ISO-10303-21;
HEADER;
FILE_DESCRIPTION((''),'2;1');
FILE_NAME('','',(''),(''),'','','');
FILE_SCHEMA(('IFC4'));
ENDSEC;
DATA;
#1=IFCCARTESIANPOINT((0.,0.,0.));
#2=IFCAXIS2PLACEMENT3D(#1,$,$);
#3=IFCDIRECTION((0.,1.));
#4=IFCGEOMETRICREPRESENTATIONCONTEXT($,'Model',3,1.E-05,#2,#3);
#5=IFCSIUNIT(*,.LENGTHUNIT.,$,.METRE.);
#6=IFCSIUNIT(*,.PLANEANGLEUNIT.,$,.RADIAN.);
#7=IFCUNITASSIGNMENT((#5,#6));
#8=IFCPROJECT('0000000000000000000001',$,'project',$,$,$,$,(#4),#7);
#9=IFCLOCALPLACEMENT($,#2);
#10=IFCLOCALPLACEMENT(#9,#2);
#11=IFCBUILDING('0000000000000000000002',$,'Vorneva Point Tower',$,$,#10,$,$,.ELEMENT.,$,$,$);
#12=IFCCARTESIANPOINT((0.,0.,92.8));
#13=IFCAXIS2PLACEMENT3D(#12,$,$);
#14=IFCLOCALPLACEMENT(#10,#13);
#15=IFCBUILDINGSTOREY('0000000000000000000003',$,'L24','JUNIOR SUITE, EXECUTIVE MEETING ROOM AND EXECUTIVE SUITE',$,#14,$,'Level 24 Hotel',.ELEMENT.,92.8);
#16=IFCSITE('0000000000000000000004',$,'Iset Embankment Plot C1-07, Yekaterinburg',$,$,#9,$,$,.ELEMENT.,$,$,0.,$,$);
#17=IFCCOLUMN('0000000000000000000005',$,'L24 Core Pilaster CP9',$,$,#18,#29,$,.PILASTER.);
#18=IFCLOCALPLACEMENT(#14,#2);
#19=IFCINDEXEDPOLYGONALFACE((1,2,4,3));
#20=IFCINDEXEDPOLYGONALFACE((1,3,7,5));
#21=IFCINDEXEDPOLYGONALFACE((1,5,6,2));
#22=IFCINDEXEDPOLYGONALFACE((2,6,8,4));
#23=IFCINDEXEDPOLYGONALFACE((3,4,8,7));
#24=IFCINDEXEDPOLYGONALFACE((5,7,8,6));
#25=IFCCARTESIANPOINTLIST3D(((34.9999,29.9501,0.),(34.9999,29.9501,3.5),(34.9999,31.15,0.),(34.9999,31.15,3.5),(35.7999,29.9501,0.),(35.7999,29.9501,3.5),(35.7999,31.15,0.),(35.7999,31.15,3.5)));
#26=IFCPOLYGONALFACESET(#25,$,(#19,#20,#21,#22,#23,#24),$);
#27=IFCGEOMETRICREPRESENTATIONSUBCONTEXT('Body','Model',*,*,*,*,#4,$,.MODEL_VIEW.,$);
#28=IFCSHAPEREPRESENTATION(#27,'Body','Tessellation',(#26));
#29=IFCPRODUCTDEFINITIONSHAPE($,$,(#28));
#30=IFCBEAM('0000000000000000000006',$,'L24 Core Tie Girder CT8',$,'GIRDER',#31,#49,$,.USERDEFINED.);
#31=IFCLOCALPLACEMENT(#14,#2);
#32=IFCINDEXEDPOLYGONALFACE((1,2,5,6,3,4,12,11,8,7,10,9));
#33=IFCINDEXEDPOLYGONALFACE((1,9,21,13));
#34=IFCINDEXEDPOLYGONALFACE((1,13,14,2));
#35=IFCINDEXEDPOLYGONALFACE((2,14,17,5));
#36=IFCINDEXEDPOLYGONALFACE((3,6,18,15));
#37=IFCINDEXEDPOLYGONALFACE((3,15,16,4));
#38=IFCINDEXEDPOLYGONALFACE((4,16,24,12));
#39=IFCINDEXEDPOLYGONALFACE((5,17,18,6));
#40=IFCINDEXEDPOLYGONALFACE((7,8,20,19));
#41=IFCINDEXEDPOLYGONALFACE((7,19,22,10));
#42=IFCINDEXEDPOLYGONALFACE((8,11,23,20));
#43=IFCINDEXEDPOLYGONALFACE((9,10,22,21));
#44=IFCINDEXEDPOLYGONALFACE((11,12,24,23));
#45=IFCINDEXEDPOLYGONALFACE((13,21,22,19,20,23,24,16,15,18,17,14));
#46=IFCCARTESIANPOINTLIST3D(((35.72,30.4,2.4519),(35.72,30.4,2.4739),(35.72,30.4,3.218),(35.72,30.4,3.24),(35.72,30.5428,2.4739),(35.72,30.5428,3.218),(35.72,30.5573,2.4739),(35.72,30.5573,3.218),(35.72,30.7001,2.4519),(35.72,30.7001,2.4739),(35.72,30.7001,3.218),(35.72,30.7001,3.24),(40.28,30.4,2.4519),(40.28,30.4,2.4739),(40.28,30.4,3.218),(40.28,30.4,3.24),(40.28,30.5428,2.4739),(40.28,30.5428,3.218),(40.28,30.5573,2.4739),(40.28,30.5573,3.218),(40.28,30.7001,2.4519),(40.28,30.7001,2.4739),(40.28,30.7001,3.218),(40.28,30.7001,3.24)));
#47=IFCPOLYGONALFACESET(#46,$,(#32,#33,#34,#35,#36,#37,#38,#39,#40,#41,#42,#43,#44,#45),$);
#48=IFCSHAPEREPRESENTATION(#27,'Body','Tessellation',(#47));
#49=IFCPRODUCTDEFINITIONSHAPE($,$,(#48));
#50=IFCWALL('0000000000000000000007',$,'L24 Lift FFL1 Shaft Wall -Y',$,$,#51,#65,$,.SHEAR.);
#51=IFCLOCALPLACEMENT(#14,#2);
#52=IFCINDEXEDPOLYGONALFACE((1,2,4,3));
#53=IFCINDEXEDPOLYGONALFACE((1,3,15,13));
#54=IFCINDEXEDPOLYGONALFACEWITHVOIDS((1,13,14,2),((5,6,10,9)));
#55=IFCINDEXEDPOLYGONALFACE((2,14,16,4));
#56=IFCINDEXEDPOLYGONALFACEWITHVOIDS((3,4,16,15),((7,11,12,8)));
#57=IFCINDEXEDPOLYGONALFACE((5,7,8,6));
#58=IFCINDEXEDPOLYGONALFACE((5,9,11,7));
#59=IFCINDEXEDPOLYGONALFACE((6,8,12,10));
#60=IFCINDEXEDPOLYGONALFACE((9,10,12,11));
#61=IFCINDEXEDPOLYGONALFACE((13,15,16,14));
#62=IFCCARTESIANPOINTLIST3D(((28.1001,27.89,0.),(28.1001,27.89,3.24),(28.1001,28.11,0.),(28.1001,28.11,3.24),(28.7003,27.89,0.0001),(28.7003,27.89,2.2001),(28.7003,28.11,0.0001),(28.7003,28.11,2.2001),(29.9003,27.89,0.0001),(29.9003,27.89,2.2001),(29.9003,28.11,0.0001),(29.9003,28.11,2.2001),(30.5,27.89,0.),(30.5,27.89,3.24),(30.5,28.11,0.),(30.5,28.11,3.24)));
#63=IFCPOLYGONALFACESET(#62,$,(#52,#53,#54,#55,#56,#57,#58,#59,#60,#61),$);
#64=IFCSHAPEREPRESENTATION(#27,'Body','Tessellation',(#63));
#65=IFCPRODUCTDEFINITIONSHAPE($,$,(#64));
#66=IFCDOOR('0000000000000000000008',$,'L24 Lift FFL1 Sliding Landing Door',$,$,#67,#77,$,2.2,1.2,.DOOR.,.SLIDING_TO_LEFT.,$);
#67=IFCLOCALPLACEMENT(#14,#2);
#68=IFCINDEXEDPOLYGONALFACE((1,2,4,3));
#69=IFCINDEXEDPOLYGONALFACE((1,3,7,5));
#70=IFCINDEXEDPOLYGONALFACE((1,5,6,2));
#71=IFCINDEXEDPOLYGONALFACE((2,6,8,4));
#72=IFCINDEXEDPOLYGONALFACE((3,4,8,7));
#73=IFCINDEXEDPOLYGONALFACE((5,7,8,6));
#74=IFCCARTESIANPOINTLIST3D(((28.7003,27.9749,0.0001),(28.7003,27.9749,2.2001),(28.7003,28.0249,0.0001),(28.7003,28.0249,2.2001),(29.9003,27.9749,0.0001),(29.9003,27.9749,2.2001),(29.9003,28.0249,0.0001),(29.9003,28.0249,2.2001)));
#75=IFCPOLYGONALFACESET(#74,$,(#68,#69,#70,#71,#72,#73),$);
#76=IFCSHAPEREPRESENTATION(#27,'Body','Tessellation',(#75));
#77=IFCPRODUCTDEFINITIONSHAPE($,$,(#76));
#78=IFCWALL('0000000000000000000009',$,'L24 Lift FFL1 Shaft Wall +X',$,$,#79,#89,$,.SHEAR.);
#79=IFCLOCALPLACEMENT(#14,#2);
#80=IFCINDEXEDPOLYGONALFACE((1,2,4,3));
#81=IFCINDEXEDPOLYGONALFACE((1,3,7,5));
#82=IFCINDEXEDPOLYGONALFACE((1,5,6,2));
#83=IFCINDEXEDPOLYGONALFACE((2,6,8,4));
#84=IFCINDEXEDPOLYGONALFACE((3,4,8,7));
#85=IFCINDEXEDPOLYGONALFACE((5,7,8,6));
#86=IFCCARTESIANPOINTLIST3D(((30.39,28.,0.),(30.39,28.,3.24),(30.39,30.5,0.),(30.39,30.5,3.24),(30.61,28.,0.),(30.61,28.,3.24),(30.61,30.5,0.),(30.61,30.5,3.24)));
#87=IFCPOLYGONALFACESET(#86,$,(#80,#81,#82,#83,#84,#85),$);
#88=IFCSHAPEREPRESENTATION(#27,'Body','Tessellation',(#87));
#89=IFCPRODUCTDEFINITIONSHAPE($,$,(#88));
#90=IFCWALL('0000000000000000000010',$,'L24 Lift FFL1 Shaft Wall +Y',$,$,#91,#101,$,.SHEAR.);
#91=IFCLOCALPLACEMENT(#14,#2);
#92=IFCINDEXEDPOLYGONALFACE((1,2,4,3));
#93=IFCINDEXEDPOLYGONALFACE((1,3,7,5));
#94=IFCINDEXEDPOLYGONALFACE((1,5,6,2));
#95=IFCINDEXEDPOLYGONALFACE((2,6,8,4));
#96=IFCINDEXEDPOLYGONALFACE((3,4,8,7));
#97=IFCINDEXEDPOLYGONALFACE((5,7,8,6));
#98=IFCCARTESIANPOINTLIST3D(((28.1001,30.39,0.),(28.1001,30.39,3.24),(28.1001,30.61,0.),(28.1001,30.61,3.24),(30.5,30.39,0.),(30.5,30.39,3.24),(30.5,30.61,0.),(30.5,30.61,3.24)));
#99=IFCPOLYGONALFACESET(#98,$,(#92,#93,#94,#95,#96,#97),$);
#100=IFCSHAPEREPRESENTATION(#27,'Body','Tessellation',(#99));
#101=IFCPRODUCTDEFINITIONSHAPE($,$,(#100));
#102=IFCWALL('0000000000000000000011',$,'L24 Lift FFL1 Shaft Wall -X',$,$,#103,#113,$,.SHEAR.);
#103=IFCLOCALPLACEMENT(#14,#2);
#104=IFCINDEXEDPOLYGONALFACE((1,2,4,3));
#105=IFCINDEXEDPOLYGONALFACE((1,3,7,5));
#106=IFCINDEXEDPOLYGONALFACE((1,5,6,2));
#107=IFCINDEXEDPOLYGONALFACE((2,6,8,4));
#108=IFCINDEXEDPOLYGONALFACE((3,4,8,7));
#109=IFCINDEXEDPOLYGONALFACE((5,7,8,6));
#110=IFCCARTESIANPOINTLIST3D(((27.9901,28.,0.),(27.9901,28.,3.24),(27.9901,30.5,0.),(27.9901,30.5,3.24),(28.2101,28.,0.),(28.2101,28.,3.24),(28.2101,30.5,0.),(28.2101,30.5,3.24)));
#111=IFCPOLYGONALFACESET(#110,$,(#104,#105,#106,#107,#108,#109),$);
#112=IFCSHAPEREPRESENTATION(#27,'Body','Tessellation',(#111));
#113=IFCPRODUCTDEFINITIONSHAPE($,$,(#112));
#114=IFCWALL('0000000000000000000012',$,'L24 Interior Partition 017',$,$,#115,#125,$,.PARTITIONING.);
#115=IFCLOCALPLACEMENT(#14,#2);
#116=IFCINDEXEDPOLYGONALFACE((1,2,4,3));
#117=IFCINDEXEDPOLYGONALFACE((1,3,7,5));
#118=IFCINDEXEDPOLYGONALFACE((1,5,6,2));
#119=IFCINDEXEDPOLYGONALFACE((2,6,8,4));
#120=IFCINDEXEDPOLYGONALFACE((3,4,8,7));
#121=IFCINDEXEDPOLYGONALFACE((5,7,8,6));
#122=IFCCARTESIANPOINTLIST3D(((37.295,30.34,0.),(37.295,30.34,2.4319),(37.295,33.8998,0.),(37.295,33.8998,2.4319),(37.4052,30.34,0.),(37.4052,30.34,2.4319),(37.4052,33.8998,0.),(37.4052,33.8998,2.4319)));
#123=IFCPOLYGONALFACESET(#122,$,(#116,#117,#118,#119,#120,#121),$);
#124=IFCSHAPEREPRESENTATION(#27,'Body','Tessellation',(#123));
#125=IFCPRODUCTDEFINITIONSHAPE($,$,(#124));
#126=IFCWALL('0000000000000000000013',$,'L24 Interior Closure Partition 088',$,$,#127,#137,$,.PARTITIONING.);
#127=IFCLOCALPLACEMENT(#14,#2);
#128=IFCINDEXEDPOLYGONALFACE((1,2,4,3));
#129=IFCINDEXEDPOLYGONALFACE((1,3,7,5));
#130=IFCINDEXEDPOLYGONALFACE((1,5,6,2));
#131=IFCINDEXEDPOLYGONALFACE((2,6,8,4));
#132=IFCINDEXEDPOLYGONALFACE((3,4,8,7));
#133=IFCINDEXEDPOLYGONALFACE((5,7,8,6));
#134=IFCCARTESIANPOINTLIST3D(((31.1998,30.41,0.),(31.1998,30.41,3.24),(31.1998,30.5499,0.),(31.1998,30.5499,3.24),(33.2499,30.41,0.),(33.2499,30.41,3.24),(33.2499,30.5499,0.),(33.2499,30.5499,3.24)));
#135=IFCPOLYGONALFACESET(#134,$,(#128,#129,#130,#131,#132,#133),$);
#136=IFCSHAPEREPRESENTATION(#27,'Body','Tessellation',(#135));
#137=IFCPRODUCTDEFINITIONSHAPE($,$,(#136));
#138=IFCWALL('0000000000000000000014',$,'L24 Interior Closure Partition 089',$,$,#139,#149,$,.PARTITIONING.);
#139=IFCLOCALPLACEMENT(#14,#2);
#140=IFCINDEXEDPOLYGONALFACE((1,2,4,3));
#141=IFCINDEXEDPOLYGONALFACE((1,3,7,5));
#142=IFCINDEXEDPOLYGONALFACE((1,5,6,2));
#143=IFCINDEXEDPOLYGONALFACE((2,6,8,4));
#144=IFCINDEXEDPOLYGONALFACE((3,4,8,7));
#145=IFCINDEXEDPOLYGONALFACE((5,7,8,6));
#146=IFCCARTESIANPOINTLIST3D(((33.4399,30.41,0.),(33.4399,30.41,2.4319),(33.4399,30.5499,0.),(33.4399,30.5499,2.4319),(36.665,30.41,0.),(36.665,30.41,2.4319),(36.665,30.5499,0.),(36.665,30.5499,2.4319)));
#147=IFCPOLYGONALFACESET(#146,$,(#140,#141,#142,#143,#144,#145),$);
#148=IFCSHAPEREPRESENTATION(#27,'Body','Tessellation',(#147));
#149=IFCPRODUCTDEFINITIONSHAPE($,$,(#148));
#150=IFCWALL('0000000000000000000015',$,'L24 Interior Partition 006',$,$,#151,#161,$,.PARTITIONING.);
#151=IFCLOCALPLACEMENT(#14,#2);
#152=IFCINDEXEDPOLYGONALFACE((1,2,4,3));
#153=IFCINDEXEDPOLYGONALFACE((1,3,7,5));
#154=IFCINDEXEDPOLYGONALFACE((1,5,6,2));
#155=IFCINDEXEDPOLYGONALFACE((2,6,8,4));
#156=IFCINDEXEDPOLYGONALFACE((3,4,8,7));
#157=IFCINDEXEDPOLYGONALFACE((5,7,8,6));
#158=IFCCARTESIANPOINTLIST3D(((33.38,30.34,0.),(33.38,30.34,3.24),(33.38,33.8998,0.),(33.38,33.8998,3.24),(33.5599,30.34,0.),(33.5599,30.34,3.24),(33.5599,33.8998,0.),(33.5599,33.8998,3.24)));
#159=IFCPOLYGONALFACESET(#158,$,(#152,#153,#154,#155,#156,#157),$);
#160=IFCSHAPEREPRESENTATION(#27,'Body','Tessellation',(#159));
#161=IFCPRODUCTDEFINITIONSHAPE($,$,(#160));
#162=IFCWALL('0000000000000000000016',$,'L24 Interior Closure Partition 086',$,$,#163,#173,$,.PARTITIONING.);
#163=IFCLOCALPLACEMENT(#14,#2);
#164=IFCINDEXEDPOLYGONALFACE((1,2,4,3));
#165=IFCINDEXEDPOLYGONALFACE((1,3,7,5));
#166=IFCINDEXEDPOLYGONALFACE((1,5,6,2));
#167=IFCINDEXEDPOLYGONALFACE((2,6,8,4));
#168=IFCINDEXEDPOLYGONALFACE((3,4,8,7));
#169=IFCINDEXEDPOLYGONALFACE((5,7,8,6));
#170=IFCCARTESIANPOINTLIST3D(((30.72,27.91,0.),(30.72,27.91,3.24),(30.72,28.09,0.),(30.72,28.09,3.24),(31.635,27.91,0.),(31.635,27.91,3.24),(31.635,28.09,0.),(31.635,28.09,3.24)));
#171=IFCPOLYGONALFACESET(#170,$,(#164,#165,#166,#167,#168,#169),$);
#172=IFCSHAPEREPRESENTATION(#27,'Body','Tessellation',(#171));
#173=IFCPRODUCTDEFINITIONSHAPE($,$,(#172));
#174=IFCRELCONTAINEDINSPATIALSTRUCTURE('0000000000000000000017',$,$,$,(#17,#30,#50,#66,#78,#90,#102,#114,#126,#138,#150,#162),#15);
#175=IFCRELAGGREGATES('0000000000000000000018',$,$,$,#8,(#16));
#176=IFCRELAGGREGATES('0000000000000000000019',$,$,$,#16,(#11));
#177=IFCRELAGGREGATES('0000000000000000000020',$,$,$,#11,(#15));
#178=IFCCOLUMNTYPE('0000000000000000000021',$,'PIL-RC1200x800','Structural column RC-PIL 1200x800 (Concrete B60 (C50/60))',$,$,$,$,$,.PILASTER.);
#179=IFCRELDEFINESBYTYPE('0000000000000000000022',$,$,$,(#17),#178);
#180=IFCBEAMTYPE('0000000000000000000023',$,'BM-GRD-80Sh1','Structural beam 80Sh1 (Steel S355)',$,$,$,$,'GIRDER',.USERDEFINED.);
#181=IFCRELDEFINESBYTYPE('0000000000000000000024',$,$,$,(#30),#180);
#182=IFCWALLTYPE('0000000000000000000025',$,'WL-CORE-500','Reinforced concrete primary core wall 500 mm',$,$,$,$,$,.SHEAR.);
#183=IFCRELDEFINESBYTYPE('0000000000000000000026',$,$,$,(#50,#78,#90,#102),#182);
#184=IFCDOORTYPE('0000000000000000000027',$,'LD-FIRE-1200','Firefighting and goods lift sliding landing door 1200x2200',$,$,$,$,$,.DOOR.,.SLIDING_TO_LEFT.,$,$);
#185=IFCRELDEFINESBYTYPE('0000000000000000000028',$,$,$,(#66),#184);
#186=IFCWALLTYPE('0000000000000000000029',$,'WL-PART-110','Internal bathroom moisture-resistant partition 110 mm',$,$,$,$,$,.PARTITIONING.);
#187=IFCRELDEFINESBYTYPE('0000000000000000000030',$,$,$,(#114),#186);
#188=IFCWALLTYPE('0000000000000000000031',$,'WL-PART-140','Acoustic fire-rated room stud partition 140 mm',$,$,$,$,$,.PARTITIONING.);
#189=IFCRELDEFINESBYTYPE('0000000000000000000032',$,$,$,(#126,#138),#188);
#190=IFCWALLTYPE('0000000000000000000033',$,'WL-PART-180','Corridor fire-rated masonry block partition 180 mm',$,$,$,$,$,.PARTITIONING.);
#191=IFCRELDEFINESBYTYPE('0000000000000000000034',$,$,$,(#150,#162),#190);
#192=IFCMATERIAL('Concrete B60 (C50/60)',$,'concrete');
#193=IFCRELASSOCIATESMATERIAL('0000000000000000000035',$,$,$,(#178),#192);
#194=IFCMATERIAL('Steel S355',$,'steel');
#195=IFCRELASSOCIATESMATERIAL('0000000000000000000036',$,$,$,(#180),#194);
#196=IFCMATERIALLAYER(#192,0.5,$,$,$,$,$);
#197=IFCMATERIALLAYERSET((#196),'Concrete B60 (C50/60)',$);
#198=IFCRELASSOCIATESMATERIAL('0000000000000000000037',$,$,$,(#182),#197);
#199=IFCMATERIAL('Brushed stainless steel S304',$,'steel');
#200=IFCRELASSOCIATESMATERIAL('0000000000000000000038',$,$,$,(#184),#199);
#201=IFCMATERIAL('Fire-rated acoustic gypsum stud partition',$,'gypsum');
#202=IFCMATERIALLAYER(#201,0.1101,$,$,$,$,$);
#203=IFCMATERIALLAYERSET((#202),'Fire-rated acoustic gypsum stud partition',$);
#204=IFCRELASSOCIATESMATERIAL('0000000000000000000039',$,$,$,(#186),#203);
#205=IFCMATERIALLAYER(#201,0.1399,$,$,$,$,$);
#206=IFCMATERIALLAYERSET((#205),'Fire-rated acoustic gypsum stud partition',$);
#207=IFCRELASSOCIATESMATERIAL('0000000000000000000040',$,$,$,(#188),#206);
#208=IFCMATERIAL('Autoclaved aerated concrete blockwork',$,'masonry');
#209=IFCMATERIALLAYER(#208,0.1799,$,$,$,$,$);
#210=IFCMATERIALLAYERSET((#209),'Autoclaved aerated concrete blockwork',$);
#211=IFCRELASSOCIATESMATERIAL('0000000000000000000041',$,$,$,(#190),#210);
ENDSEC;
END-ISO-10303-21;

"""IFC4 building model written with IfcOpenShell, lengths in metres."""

from ifc_helpers import new_model, si_unit, direction, frame, frame_2d, origin, origin_2d, place, context, subcontext, project, spatial, rectangle, i_section, extrude, material, layer, layer_set, material_profile, profile_set, type_object, element, fill, save


model = new_model("IFC4")

# Units and contexts
model_context = context("Model", 3, precision=1e-05, world=origin(), true_north=direction((0.0, 1.0)))
body_context = subcontext(model_context, "Body", "Model", "MODEL_VIEW")
ifc_project = project(units=[si_unit("LENGTHUNIT", "METRE"), si_unit("PLANEANGLEUNIT", "RADIAN")], contexts=[model_context])

# Site, building, storey
site_placement = place(None, origin())
site = spatial("IfcSite", under=ifc_project, at=site_placement, Name="Iset Embankment Plot C1-07, Yekaterinburg", CompositionType="ELEMENT", RefElevation=0.0)
building_placement = place(site_placement, origin())
building = spatial("IfcBuilding", under=site, at=building_placement, Name="Vorneva Point Tower", CompositionType="ELEMENT")
storey_placement = place(building_placement, frame((0.0, 0.0, 92.8)))
storey = spatial("IfcBuildingStorey", under=building, at=storey_placement, Name="L24", Description="JUNIOR SUITE, EXECUTIVE MEETING ROOM AND EXECUTIVE SUITE", LongName="Level 24 Hotel", CompositionType="ELEMENT", Elevation=92.8)

# Column
ifc_material_1 = material(Name="Concrete B60 (C50/60)", Category="concrete")
ifc_material_profile_1 = material_profile(ifc_material_1, rectangle(XDim=0.8, YDim=1.2, at=origin_2d()), Name="RC-PIL 1200x800")
ifc_profile_set_1 = profile_set([ifc_material_profile_1], Name="Concrete B60 (C50/60)")
column_type = type_object("IfcColumnType", Name="PIL-RC1200x800", Description="Structural column RC-PIL 1200x800 (Concrete B60 (C50/60))", PredefinedType="PILASTER", material=ifc_profile_set_1)
column_placement = place(storey_placement, frame((35.3999, 30.55, 0.0), z_axis=(0.0, 0.0, 1.0), x_axis=(1.0, 0.0, 0.0)))
element("IfcColumn", 1, at=column_placement, inside=storey, type_object=column_type, Name="L24 Core Pilaster CP9", PredefinedType="PILASTER", context=body_context, shape_type="SweptSolid", body=[
    extrude(rectangle(XDim=0.8, YDim=1.2, at=origin_2d()), origin(), (0.0, 0.0, 1.0), 3.5),
])

# Beam
ifc_material_2 = material(Name="Steel S355", Category="steel")
ifc_material_profile_2 = material_profile(ifc_material_2, i_section(OverallWidth=0.3, OverallDepth=0.7881, WebThickness=0.0144, FlangeThickness=0.022, at=origin_2d()), Name="80Sh1")
ifc_profile_set_2 = profile_set([ifc_material_profile_2], Name="Steel S355")
beam_type = type_object("IfcBeamType", Name="BM-GRD-80Sh1", Description="Structural beam 80Sh1 (Steel S355)", ElementType="GIRDER", PredefinedType="USERDEFINED", material=ifc_profile_set_2)
beam_placement = place(storey_placement, frame((35.72, 30.55, 2.8459), z_axis=(1.0, 0.0, 0.0), x_axis=(0.0, 1.0, 0.0)))
element("IfcBeam", 2, at=beam_placement, inside=storey, type_object=beam_type, Name="L24 Core Tie Girder CT8", ObjectType="GIRDER", PredefinedType="USERDEFINED", context=body_context, shape_type="SweptSolid", body=[
    extrude(i_section(OverallWidth=0.3, OverallDepth=0.7881, WebThickness=0.0144, FlangeThickness=0.022, at=origin_2d()), origin(), (0.0, 0.0, 1.0), 4.5601),
])

# Wall, opening, door
ifc_layer_1 = layer(ifc_material_1, 0.5)
ifc_layer_set_1 = layer_set([ifc_layer_1], Name="Concrete B60 (C50/60)")
wall_type_1 = type_object("IfcWallType", Name="WL-CORE-500", Description="Reinforced concrete primary core wall 500 mm", PredefinedType="SHEAR", material=ifc_layer_set_1)
wall_1_placement = place(storey_placement, frame((28.1001, 28.0, 0.0), z_axis=(0.0, 0.0, 1.0), x_axis=(1.0, 0.0, 0.0)))
wall_1 = element("IfcWall", 3, at=wall_1_placement, inside=storey, type_object=wall_type_1, Name="L24 Lift FFL1 Shaft Wall -Y", PredefinedType="SHEAR", context=body_context, shape_type="SweptSolid", body=[
    extrude(rectangle(XDim=2.3999, YDim=0.22, at=frame_2d((1.2, 0.0))), origin(), (0.0, 0.0, 1.0), 3.24),
])
opening_1_placement = place(wall_1_placement, frame((0.6001, 0.0, 0.0)))
opening_1 = element("IfcOpeningElement", 4, at=opening_1_placement, cuts=wall_1, PredefinedType="OPENING", context=body_context, shape_type="SweptSolid", body=[
    extrude(rectangle(XDim=1.2, YDim=2.2, at=frame_2d((0.6001, 1.1001))), frame((0.0, 0.125, 0.0), z_axis=(0.0, -1.0, 0.0), x_axis=(1.0, 0.0, 0.0)), (0.0, 0.0, 1.0), 0.2498),
])
ifc_material_3 = material(Name="Brushed stainless steel S304", Category="steel")
door_type_1 = type_object("IfcDoorType", Name="LD-FIRE-1200", Description="Firefighting and goods lift sliding landing door 1200x2200", OperationType="SLIDING_TO_LEFT", PredefinedType="DOOR", material=ifc_material_3)
door_1_placement = place(opening_1_placement, origin())
door_1 = element("IfcDoor", 5, at=door_1_placement, inside=storey, type_object=door_type_1, Name="L24 Lift FFL1 Sliding Landing Door", OperationType="SLIDING_TO_LEFT", OverallHeight=2.2, OverallWidth=1.2, PredefinedType="DOOR", context=body_context, shape_type="SweptSolid", body=[
    extrude(rectangle(XDim=1.2, YDim=2.2, at=frame_2d((0.6001, 1.1001))), frame((0.0, 0.0249, 0.0), z_axis=(0.0, -1.0, 0.0), x_axis=(1.0, 0.0, 0.0)), (0.0, 0.0, 1.0), 0.05),
])
fill(opening_1, door_1)

# Walls
wall_2_placement = place(storey_placement, frame((30.5, 28.0, 0.0), z_axis=(0.0, 0.0, 1.0), x_axis=(0.0, 1.0, 0.0)))
element("IfcWall", 6, at=wall_2_placement, inside=storey, type_object=wall_type_1, Name="L24 Lift FFL1 Shaft Wall +X", PredefinedType="SHEAR", context=body_context, shape_type="SweptSolid", body=[
    extrude(rectangle(XDim=2.5, YDim=0.22, at=frame_2d((1.25, 0.0))), origin(), (0.0, 0.0, 1.0), 3.24),
])
wall_3_placement = place(storey_placement, frame((30.5, 30.5, 0.0), z_axis=(0.0, 0.0, 1.0), x_axis=(-1.0, 0.0, 0.0)))
element("IfcWall", 7, at=wall_3_placement, inside=storey, type_object=wall_type_1, Name="L24 Lift FFL1 Shaft Wall +Y", PredefinedType="SHEAR", context=body_context, shape_type="SweptSolid", body=[
    extrude(rectangle(XDim=2.3999, YDim=0.22, at=frame_2d((1.2, 0.0))), origin(), (0.0, 0.0, 1.0), 3.24),
])
wall_4_placement = place(storey_placement, frame((28.1001, 30.5, 0.0), z_axis=(0.0, 0.0, 1.0), x_axis=(0.0, -1.0, 0.0)))
element("IfcWall", 8, at=wall_4_placement, inside=storey, type_object=wall_type_1, Name="L24 Lift FFL1 Shaft Wall -X", PredefinedType="SHEAR", context=body_context, shape_type="SweptSolid", body=[
    extrude(rectangle(XDim=2.5, YDim=0.22, at=frame_2d((1.25, 0.0))), origin(), (0.0, 0.0, 1.0), 3.24),
])
ifc_material_4 = material(Name="Fire-rated acoustic gypsum stud partition", Category="gypsum")
ifc_layer_2 = layer(ifc_material_4, 0.1101)
ifc_layer_set_2 = layer_set([ifc_layer_2], Name="Fire-rated acoustic gypsum stud partition")
wall_type_2 = type_object("IfcWallType", Name="WL-PART-110", Description="Internal bathroom moisture-resistant partition 110 mm", PredefinedType="PARTITIONING", material=ifc_layer_set_2)
wall_5_placement = place(storey_placement, frame((37.3501, 30.3401, 0.0), z_axis=(0.0, 0.0, 1.0), x_axis=(0.0, 1.0, 0.0)))
element("IfcWall", 9, at=wall_5_placement, inside=storey, type_object=wall_type_2, Name="L24 Interior Partition 017", PredefinedType="PARTITIONING", context=body_context, shape_type="SweptSolid", body=[
    extrude(rectangle(XDim=3.5598, YDim=0.1101, at=frame_2d((1.7798, 0.0))), origin(), (0.0, 0.0, 1.0), 2.4319),
])
ifc_layer_3 = layer(ifc_material_4, 0.1399)
ifc_layer_set_3 = layer_set([ifc_layer_3], Name="Fire-rated acoustic gypsum stud partition")
wall_type_3 = type_object("IfcWallType", Name="WL-PART-140", Description="Acoustic fire-rated room stud partition 140 mm", PredefinedType="PARTITIONING", material=ifc_layer_set_3)
wall_6_placement = place(storey_placement, frame((31.2, 30.48, 0.0), z_axis=(0.0, 0.0, 1.0), x_axis=(1.0, 0.0, 0.0)))
element("IfcWall", 10, at=wall_6_placement, inside=storey, type_object=wall_type_3, Name="L24 Interior Closure Partition 088", PredefinedType="PARTITIONING", context=body_context, shape_type="SweptSolid", body=[
    extrude(rectangle(XDim=2.05, YDim=0.1399, at=frame_2d((1.0249, 0.0))), origin(), (0.0, 0.0, 1.0), 3.24),
])
wall_7_placement = place(storey_placement, frame((33.4399, 30.48, 0.0), z_axis=(0.0, 0.0, 1.0), x_axis=(1.0, 0.0, 0.0)))
element("IfcWall", 11, at=wall_7_placement, inside=storey, type_object=wall_type_3, Name="L24 Interior Closure Partition 089", PredefinedType="PARTITIONING", context=body_context, shape_type="SweptSolid", body=[
    extrude(rectangle(XDim=3.2251, YDim=0.1399, at=frame_2d((1.6125, 0.0))), origin(), (0.0, 0.0, 1.0), 2.4319),
])
ifc_material_5 = material(Name="Autoclaved aerated concrete blockwork", Category="masonry")
ifc_layer_4 = layer(ifc_material_5, 0.1799)
ifc_layer_set_4 = layer_set([ifc_layer_4], Name="Autoclaved aerated concrete blockwork")
wall_type_4 = type_object("IfcWallType", Name="WL-PART-180", Description="Corridor fire-rated masonry block partition 180 mm", PredefinedType="PARTITIONING", material=ifc_layer_set_4)
wall_8_placement = place(storey_placement, frame((33.47, 30.3401, 0.0), z_axis=(0.0, 0.0, 1.0), x_axis=(0.0, 1.0, 0.0)))
element("IfcWall", 12, at=wall_8_placement, inside=storey, type_object=wall_type_4, Name="L24 Interior Partition 006", PredefinedType="PARTITIONING", context=body_context, shape_type="SweptSolid", body=[
    extrude(rectangle(XDim=3.5598, YDim=0.1799, at=frame_2d((1.7798, 0.0))), origin(), (0.0, 0.0, 1.0), 3.24),
])
wall_9_placement = place(storey_placement, frame((31.635, 28.0, 0.0), z_axis=(0.0, 0.0, 1.0), x_axis=(-1.0, 0.0, 0.0)))
element("IfcWall", 13, at=wall_9_placement, inside=storey, type_object=wall_type_4, Name="L24 Interior Closure Partition 086", PredefinedType="PARTITIONING", context=body_context, shape_type="SweptSolid", body=[
    extrude(rectangle(XDim=0.915, YDim=0.1799, at=frame_2d((0.4575, 0.0))), origin(), (0.0, 0.0, 1.0), 3.24),
])

save(model, "model.ifc")
